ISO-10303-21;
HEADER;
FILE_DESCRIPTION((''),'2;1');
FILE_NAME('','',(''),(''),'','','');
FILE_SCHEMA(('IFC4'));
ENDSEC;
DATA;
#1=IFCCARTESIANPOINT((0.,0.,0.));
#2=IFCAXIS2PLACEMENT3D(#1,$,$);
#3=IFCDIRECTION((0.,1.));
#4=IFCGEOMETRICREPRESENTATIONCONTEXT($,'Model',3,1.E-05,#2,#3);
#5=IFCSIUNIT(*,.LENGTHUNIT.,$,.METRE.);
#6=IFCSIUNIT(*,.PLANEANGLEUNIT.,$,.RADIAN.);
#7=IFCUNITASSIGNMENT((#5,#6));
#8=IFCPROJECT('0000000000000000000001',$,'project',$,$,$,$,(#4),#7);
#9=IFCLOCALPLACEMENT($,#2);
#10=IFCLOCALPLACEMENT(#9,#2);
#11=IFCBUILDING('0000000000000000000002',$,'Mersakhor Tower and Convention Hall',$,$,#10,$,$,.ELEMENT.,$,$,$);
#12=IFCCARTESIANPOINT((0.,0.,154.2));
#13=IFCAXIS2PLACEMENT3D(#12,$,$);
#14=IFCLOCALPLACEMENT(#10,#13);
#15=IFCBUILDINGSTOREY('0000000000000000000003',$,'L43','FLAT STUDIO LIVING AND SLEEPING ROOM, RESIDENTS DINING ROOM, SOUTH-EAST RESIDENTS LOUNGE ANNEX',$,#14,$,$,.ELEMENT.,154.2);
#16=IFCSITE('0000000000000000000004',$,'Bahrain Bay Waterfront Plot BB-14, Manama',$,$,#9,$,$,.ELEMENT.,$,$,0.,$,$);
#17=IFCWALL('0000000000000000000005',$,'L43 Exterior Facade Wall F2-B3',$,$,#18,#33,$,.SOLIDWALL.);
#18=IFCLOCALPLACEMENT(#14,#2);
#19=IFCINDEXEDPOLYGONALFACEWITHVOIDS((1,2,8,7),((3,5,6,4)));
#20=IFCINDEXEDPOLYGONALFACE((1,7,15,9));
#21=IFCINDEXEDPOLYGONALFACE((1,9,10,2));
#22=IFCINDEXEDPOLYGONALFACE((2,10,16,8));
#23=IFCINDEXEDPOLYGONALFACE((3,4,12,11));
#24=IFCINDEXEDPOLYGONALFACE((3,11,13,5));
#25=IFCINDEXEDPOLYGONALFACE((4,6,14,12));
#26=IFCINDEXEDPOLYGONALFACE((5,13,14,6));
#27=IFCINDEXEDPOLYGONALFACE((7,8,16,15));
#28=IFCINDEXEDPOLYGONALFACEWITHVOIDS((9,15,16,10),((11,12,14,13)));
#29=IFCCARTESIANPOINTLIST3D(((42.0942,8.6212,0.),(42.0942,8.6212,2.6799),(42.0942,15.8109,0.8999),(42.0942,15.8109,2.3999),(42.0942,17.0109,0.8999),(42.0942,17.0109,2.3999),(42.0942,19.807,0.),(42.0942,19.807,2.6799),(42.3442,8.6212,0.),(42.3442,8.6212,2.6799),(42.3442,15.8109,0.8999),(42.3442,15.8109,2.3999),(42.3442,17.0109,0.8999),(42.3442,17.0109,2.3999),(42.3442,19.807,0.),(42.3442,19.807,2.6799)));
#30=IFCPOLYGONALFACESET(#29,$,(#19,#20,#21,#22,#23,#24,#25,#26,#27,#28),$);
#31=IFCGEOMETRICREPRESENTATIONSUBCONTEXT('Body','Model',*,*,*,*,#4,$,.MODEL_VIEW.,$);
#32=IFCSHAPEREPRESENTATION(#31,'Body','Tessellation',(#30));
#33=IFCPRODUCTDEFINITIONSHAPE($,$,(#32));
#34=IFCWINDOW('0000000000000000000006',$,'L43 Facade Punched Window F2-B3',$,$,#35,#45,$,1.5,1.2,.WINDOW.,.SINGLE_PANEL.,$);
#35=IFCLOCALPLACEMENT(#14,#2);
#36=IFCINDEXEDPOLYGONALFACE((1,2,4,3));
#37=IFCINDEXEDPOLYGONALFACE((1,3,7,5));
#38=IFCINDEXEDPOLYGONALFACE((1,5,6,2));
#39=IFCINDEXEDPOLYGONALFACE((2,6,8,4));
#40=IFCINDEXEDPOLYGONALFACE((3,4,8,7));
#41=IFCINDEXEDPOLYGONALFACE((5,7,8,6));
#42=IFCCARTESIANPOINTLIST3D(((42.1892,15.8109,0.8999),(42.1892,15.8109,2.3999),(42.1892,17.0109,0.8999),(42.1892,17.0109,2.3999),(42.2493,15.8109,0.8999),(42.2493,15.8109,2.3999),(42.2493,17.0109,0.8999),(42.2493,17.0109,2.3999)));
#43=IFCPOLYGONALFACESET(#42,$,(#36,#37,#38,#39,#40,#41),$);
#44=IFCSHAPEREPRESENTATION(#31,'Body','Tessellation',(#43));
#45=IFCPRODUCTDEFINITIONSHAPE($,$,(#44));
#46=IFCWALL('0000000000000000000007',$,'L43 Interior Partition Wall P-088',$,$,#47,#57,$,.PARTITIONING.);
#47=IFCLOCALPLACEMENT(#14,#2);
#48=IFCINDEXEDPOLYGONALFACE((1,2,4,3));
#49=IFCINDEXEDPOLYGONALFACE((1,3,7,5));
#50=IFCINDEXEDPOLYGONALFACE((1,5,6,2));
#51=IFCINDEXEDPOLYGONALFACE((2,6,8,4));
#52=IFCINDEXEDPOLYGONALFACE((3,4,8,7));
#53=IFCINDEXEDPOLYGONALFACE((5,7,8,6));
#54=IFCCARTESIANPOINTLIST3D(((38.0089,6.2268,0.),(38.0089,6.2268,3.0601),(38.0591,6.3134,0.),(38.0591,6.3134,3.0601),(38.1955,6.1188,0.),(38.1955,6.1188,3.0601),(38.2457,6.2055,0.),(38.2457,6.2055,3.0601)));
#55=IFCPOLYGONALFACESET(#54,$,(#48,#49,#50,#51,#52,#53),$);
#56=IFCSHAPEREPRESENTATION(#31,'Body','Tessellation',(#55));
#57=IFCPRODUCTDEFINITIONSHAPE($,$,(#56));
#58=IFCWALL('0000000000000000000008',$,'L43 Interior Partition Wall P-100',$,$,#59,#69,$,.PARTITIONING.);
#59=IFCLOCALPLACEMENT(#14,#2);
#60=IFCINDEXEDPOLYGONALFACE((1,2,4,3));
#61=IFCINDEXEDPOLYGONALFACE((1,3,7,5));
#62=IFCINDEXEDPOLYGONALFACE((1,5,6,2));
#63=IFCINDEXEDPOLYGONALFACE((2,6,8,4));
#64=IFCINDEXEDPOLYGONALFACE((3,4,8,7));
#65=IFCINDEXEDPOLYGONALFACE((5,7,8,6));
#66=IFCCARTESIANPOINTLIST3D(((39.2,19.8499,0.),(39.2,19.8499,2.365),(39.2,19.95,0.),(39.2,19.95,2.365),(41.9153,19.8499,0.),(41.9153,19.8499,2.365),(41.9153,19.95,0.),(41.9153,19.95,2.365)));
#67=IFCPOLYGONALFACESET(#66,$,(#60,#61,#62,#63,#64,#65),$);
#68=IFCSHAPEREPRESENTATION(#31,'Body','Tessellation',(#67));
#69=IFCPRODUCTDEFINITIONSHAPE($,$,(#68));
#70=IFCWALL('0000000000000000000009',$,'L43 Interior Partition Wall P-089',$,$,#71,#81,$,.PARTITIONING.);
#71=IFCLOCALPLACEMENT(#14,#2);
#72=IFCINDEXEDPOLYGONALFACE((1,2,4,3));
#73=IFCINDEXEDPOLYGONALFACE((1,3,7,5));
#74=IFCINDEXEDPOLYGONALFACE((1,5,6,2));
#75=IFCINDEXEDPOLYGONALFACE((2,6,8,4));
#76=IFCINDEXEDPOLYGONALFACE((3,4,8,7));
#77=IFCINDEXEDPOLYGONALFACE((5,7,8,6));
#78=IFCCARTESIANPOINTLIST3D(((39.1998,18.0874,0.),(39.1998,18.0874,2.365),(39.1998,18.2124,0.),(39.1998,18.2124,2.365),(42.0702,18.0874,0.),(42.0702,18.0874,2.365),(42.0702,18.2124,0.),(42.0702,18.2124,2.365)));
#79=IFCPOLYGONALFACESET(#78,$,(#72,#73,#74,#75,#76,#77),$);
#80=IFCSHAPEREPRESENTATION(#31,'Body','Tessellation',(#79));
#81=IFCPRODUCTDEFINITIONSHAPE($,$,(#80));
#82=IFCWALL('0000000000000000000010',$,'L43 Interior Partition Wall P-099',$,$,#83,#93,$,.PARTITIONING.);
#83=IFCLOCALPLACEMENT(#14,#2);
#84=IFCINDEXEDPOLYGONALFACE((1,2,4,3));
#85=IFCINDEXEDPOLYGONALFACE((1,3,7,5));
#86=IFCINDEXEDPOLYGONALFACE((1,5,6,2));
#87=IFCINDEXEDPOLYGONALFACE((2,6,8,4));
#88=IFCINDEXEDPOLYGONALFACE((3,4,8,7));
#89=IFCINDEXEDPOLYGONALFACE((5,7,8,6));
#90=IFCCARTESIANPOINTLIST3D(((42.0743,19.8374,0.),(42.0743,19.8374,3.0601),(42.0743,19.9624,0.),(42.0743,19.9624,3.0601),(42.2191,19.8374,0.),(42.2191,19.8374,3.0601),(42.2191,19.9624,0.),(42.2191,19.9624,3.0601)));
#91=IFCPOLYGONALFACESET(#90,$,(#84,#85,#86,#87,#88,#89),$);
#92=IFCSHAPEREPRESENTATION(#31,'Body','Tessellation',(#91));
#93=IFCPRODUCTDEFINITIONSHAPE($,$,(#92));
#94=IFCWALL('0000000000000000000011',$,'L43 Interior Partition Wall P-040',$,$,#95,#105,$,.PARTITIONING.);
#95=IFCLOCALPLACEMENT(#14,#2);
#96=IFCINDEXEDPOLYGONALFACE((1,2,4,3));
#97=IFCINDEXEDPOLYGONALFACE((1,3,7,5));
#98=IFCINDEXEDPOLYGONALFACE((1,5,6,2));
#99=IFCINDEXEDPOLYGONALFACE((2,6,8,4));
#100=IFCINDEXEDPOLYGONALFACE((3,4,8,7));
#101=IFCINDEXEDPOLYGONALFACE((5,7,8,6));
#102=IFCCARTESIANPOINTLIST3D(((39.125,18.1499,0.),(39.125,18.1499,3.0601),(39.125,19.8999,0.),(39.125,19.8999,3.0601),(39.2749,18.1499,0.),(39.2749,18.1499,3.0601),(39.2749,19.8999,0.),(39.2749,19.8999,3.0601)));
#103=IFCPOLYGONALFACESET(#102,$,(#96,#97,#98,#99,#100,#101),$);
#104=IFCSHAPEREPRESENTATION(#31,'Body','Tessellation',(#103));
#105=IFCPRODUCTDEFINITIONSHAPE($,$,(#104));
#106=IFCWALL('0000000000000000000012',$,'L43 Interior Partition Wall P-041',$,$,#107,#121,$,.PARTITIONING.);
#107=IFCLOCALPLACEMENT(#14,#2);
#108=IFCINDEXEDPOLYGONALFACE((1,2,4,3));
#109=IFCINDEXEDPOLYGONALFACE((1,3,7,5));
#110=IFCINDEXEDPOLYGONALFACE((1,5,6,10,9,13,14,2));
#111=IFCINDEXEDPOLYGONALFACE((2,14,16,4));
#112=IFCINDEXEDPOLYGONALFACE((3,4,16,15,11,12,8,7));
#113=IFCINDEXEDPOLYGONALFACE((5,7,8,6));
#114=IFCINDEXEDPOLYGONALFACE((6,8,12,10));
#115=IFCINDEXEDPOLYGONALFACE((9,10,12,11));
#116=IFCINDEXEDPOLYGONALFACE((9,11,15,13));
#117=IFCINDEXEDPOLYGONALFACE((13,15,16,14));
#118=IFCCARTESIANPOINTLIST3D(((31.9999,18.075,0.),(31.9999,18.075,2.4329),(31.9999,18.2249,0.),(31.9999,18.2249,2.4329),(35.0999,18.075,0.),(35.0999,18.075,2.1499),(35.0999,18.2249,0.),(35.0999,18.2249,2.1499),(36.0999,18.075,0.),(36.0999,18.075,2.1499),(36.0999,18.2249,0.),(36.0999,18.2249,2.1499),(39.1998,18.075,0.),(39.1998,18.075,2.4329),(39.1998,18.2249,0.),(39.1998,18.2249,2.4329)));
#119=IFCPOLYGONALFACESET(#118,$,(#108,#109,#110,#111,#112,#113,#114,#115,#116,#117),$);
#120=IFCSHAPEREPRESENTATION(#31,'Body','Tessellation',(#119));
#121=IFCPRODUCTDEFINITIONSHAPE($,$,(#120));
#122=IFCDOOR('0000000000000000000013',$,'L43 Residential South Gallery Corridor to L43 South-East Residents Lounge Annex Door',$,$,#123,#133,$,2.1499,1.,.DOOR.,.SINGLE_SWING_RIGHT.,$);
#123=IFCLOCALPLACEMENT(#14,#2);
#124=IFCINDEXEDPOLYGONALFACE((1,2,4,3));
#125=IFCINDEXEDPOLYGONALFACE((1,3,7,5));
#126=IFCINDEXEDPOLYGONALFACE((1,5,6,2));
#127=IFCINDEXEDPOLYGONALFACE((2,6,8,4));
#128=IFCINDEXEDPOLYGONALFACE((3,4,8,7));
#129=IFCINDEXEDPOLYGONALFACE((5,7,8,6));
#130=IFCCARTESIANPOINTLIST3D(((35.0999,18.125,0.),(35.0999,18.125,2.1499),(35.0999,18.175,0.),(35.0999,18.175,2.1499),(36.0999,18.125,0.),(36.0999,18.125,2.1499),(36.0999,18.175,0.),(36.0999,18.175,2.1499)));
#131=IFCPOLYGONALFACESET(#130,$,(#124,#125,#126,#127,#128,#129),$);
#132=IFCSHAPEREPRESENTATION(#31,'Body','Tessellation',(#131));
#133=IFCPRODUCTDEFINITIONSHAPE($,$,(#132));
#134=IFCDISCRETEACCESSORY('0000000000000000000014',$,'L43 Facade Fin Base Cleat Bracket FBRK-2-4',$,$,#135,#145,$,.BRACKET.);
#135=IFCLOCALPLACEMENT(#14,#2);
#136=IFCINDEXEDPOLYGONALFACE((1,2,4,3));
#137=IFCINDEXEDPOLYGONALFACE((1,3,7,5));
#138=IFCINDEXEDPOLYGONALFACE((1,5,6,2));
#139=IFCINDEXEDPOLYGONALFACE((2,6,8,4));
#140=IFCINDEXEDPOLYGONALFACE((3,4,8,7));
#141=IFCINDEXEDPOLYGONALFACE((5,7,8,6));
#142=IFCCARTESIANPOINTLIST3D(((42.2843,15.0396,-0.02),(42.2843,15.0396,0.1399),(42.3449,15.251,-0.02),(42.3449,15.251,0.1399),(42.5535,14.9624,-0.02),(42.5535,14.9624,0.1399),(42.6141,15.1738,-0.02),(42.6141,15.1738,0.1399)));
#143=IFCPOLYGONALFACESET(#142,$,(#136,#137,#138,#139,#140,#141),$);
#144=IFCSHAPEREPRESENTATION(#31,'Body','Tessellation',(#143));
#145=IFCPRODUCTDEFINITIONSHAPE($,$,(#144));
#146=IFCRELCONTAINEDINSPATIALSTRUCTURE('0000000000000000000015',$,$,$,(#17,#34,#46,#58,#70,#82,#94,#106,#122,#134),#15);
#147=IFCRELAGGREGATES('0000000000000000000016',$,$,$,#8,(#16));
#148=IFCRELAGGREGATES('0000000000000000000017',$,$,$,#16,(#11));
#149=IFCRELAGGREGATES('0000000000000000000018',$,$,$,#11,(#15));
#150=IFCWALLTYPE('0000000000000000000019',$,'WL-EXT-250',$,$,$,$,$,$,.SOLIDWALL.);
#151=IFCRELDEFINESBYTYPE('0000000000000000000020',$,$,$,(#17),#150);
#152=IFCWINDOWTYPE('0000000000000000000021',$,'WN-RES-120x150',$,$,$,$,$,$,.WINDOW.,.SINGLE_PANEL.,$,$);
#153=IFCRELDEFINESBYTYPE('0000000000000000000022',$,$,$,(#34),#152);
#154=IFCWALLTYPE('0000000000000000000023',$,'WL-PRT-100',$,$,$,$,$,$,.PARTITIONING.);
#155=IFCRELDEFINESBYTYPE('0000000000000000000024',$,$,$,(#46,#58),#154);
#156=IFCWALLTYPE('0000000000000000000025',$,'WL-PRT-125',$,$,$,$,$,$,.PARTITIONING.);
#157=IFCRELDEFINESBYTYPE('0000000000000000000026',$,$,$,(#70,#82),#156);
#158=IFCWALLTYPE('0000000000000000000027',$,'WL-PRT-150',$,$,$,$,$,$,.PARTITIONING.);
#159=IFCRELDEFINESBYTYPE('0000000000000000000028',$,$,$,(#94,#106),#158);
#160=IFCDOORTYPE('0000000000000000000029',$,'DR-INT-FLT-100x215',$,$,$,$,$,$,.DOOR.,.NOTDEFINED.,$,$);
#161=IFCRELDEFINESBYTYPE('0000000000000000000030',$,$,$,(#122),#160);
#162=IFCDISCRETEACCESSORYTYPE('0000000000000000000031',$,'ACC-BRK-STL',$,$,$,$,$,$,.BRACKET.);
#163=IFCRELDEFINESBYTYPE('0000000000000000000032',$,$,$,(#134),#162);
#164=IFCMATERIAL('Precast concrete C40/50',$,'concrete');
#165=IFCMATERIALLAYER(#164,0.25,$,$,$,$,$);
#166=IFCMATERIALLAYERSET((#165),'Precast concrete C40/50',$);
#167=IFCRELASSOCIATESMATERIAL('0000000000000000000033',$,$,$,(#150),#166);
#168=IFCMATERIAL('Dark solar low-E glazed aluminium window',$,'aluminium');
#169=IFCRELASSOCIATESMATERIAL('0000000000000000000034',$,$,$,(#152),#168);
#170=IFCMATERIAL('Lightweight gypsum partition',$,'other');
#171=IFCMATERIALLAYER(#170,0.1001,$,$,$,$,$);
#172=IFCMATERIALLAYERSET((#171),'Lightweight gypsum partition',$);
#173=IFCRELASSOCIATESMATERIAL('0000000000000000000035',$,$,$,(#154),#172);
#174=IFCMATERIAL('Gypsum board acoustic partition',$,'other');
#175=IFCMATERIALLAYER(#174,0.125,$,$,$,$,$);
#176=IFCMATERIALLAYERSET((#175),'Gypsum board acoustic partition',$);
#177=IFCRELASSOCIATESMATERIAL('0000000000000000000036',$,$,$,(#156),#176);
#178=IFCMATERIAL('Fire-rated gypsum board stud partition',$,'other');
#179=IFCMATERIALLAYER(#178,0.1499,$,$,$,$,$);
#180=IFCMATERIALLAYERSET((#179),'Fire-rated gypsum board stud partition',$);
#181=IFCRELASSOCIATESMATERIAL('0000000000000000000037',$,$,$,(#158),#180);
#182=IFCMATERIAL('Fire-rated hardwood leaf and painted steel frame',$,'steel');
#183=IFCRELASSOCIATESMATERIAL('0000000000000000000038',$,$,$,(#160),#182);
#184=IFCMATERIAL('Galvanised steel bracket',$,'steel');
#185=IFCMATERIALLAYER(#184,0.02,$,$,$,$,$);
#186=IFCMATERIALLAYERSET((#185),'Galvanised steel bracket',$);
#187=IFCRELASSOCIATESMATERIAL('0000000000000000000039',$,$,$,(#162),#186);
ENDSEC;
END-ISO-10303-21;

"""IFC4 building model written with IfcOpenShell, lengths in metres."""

from ifc_helpers import new_model, si_unit, direction, frame, frame_2d, origin, origin_2d, place, context, subcontext, project, spatial, rectangle, extrude, material, layer, layer_set, type_object, element, fill, save


model = new_model("IFC4")

# Units and contexts
model_context = context("Model", 3, precision=1e-05, world=origin(), true_north=direction((0.0, 1.0)))
body_context = subcontext(model_context, "Body", "Model", "MODEL_VIEW")
ifc_project = project(units=[si_unit("LENGTHUNIT", "METRE"), si_unit("PLANEANGLEUNIT", "RADIAN")], contexts=[model_context])

# Site, building, storey
site_placement = place(None, origin())
site = spatial("IfcSite", under=ifc_project, at=site_placement, Name="Bahrain Bay Waterfront Plot BB-14, Manama", CompositionType="ELEMENT", RefElevation=0.0)
building_placement = place(site_placement, origin())
building = spatial("IfcBuilding", under=site, at=building_placement, Name="Mersakhor Tower and Convention Hall", CompositionType="ELEMENT")
storey_placement = place(building_placement, frame((0.0, 0.0, 154.2)))
storey = spatial("IfcBuildingStorey", under=building, at=storey_placement, Name="L43", Description="FLAT STUDIO LIVING AND SLEEPING ROOM, RESIDENTS DINING ROOM, SOUTH-EAST RESIDENTS LOUNGE ANNEX", CompositionType="ELEMENT", Elevation=154.2)

# Shared definitions
ifc_material_1 = material(Name="Precast concrete C40/50", Category="concrete")
ifc_layer_1 = layer(ifc_material_1, 0.25)
ifc_layer_set_1 = layer_set([ifc_layer_1], Name="Precast concrete C40/50")
wall_type_1 = type_object("IfcWallType", Name="WL-EXT-250", PredefinedType="SOLIDWALL", material=ifc_layer_set_1)

# Wall, opening, window
wall_1_placement = place(storey_placement, frame((42.2192, 19.8069, 0.0), z_axis=(0.0, 0.0, 1.0), x_axis=(0.0, -1.0, 0.0)))
wall_1 = element("IfcWall", 1, at=wall_1_placement, inside=storey, type_object=wall_type_1, Name="L43 Exterior Facade Wall F2-B3", PredefinedType="SOLIDWALL", context=body_context, shape_type="SweptSolid", body=[
    extrude(rectangle(XDim=11.1858, YDim=0.25, at=frame_2d((5.5928, 0.0))), origin(), (0.0, 0.0, 1.0), 2.6799),
])
opening_1_placement = place(wall_1_placement, frame((2.7959, 0.0, 0.8999)))
opening_1 = element("IfcOpeningElement", 2, at=opening_1_placement, cuts=wall_1, PredefinedType="OPENING", context=body_context, shape_type="SweptSolid", body=[
    extrude(rectangle(XDim=1.2, YDim=1.5, at=frame_2d((0.6001, 0.75))), frame((0.0, 0.135, 0.0), z_axis=(0.0, -1.0, 0.0), x_axis=(1.0, 0.0, 0.0)), (0.0, 0.0, 1.0), 0.27),
])
ifc_material_2 = material(Name="Dark solar low-E glazed aluminium window", Category="aluminium")
window_type = type_object("IfcWindowType", Name="WN-RES-120x150", PartitioningType="SINGLE_PANEL", PredefinedType="WINDOW", material=ifc_material_2)
window_placement = place(opening_1_placement, origin())
window = element("IfcWindow", 3, at=window_placement, inside=storey, type_object=window_type, Name="L43 Facade Punched Window F2-B3", OverallHeight=1.5, OverallWidth=1.2, PartitioningType="SINGLE_PANEL", PredefinedType="WINDOW", context=body_context, shape_type="SweptSolid", body=[
    extrude(rectangle(XDim=1.2, YDim=1.5, at=frame_2d((0.6001, 0.75))), frame((0.0, 0.03, 0.0), z_axis=(0.0, -1.0, 0.0), x_axis=(1.0, 0.0, 0.0)), (0.0, 0.0, 1.0), 0.0601),
])
fill(opening_1, window)

# Walls
ifc_material_3 = material(Name="Lightweight gypsum partition", Category="other")
ifc_layer_2 = layer(ifc_material_3, 0.1001)
ifc_layer_set_2 = layer_set([ifc_layer_2], Name="Lightweight gypsum partition")
wall_type_2 = type_object("IfcWallType", Name="WL-PRT-100", PredefinedType="PARTITIONING", material=ifc_layer_set_2)
wall_2_placement = place(storey_placement, frame((38.2207, 6.1621, 0.0), z_axis=(0.0, 0.0, 1.0), x_axis=(-0.865581, 0.500768, 0.0)))
element("IfcWall", 4, at=wall_2_placement, inside=storey, type_object=wall_type_2, Name="L43 Interior Partition Wall P-088", PredefinedType="PARTITIONING", context=body_context, shape_type="SweptSolid", body=[
    extrude(rectangle(XDim=0.2156, YDim=0.1001, at=frame_2d((0.1079, 0.0))), origin(), (0.0, 0.0, 1.0), 3.0601),
])
wall_3_placement = place(storey_placement, frame((41.9153, 19.8999, 0.0), z_axis=(0.0, 0.0, 1.0), x_axis=(-1.0, 0.0, 0.0)))
element("IfcWall", 5, at=wall_3_placement, inside=storey, type_object=wall_type_2, Name="L43 Interior Partition Wall P-100", PredefinedType="PARTITIONING", context=body_context, shape_type="SweptSolid", body=[
    extrude(rectangle(XDim=2.7153, YDim=0.1001, at=frame_2d((1.3577, 0.0))), origin(), (0.0, 0.0, 1.0), 2.365),
])
ifc_material_4 = material(Name="Gypsum board acoustic partition", Category="other")
ifc_layer_3 = layer(ifc_material_4, 0.125)
ifc_layer_set_3 = layer_set([ifc_layer_3], Name="Gypsum board acoustic partition")
wall_type_3 = type_object("IfcWallType", Name="WL-PRT-125", PredefinedType="PARTITIONING", material=ifc_layer_set_3)
wall_4_placement = place(storey_placement, frame((39.2, 18.1499, 0.0), z_axis=(0.0, 0.0, 1.0), x_axis=(1.0, 0.0, 0.0)))
element("IfcWall", 6, at=wall_4_placement, inside=storey, type_object=wall_type_3, Name="L43 Interior Partition Wall P-089", PredefinedType="PARTITIONING", context=body_context, shape_type="SweptSolid", body=[
    extrude(rectangle(XDim=2.8704, YDim=0.125, at=frame_2d((1.4351, 0.0))), origin(), (0.0, 0.0, 1.0), 2.365),
])
wall_5_placement = place(storey_placement, frame((42.219, 19.8999, 0.0), z_axis=(0.0, 0.0, 1.0), x_axis=(-1.0, 0.0, 0.0)))
element("IfcWall", 7, at=wall_5_placement, inside=storey, type_object=wall_type_3, Name="L43 Interior Partition Wall P-099", PredefinedType="PARTITIONING", context=body_context, shape_type="SweptSolid", body=[
    extrude(rectangle(XDim=0.1448, YDim=0.125, at=frame_2d((0.0723, 0.0))), origin(), (0.0, 0.0, 1.0), 3.0601),
])
ifc_material_5 = material(Name="Fire-rated gypsum board stud partition", Category="other")
ifc_layer_4 = layer(ifc_material_5, 0.1499)
ifc_layer_set_4 = layer_set([ifc_layer_4], Name="Fire-rated gypsum board stud partition")
wall_type_4 = type_object("IfcWallType", Name="WL-PRT-150", PredefinedType="PARTITIONING", material=ifc_layer_set_4)
wall_6_placement = place(storey_placement, frame((39.2, 19.8999, 0.0), z_axis=(0.0, 0.0, 1.0), x_axis=(0.0, -1.0, 0.0)))
element("IfcWall", 8, at=wall_6_placement, inside=storey, type_object=wall_type_4, Name="L43 Interior Partition Wall P-040", PredefinedType="PARTITIONING", context=body_context, shape_type="SweptSolid", body=[
    extrude(rectangle(XDim=1.75, YDim=0.1499, at=frame_2d((0.875, 0.0))), origin(), (0.0, 0.0, 1.0), 3.0601),
])

# Wall, opening, door
wall_7_placement = place(storey_placement, frame((39.2, 18.1499, 0.0), z_axis=(0.0, 0.0, 1.0), x_axis=(-1.0, 0.0, 0.0)))
wall_7 = element("IfcWall", 9, at=wall_7_placement, inside=storey, type_object=wall_type_4, Name="L43 Interior Partition Wall P-041", PredefinedType="PARTITIONING", context=body_context, shape_type="SweptSolid", body=[
    extrude(rectangle(XDim=7.2, YDim=0.1499, at=frame_2d((3.6001, 0.0))), origin(), (0.0, 0.0, 1.0), 2.4329),
])
opening_2_placement = place(wall_7_placement, frame((3.1001, 0.0, 0.0)))
opening_2 = element("IfcOpeningElement", 10, at=opening_2_placement, cuts=wall_7, PredefinedType="OPENING", context=body_context, shape_type="SweptSolid", body=[
    extrude(rectangle(XDim=1.0, YDim=2.1499, at=frame_2d((0.5, 1.075))), frame((0.0, 0.085, 0.0), z_axis=(0.0, -1.0, 0.0), x_axis=(1.0, 0.0, 0.0)), (0.0, 0.0, 1.0), 0.1699),
])
ifc_material_6 = material(Name="Fire-rated hardwood leaf and painted steel frame", Category="steel")
door_type = type_object("IfcDoorType", Name="DR-INT-FLT-100x215", OperationType="NOTDEFINED", PredefinedType="DOOR", material=ifc_material_6)
door_placement = place(opening_2_placement, origin())
door = element("IfcDoor", 11, at=door_placement, inside=storey, type_object=door_type, Name="L43 Residential South Gallery Corridor to L43 South-East Residents Lounge Annex Door", OperationType="SINGLE_SWING_RIGHT", OverallHeight=2.1499, OverallWidth=1.0, PredefinedType="DOOR", context=body_context, shape_type="SweptSolid", body=[
    extrude(rectangle(XDim=1.0, YDim=2.1499, at=frame_2d((0.5, 1.075))), frame((0.0, 0.0249, 0.0), z_axis=(0.0, -1.0, 0.0), x_axis=(1.0, 0.0, 0.0)), (0.0, 0.0, 1.0), 0.05),
])
fill(opening_2, door)

# Discrete accessory
ifc_material_7 = material(Name="Galvanised steel bracket", Category="steel")
ifc_layer_5 = layer(ifc_material_7, 0.02)
ifc_layer_set_5 = layer_set([ifc_layer_5], Name="Galvanised steel bracket")
discrete_accessory_type = type_object("IfcDiscreteAccessoryType", Name="ACC-BRK-STL", PredefinedType="BRACKET", material=ifc_layer_set_5)
discrete_accessory_placement = place(storey_placement, frame((42.4492, 15.1067, -0.02), z_axis=(0.0, 0.0, 1.0), x_axis=(0.961262, -0.275637, 0.0)))
element("IfcDiscreteAccessory", 12, at=discrete_accessory_placement, inside=storey, type_object=discrete_accessory_type, Name="L43 Facade Fin Base Cleat Bracket FBRK-2-4", PredefinedType="BRACKET", context=body_context, shape_type="SweptSolid", body=[
    extrude(rectangle(XDim=0.28, YDim=0.22, at=origin_2d()), origin(), (0.0, 0.0, 1.0), 0.1599),
])

save(model, "model.ifc")
